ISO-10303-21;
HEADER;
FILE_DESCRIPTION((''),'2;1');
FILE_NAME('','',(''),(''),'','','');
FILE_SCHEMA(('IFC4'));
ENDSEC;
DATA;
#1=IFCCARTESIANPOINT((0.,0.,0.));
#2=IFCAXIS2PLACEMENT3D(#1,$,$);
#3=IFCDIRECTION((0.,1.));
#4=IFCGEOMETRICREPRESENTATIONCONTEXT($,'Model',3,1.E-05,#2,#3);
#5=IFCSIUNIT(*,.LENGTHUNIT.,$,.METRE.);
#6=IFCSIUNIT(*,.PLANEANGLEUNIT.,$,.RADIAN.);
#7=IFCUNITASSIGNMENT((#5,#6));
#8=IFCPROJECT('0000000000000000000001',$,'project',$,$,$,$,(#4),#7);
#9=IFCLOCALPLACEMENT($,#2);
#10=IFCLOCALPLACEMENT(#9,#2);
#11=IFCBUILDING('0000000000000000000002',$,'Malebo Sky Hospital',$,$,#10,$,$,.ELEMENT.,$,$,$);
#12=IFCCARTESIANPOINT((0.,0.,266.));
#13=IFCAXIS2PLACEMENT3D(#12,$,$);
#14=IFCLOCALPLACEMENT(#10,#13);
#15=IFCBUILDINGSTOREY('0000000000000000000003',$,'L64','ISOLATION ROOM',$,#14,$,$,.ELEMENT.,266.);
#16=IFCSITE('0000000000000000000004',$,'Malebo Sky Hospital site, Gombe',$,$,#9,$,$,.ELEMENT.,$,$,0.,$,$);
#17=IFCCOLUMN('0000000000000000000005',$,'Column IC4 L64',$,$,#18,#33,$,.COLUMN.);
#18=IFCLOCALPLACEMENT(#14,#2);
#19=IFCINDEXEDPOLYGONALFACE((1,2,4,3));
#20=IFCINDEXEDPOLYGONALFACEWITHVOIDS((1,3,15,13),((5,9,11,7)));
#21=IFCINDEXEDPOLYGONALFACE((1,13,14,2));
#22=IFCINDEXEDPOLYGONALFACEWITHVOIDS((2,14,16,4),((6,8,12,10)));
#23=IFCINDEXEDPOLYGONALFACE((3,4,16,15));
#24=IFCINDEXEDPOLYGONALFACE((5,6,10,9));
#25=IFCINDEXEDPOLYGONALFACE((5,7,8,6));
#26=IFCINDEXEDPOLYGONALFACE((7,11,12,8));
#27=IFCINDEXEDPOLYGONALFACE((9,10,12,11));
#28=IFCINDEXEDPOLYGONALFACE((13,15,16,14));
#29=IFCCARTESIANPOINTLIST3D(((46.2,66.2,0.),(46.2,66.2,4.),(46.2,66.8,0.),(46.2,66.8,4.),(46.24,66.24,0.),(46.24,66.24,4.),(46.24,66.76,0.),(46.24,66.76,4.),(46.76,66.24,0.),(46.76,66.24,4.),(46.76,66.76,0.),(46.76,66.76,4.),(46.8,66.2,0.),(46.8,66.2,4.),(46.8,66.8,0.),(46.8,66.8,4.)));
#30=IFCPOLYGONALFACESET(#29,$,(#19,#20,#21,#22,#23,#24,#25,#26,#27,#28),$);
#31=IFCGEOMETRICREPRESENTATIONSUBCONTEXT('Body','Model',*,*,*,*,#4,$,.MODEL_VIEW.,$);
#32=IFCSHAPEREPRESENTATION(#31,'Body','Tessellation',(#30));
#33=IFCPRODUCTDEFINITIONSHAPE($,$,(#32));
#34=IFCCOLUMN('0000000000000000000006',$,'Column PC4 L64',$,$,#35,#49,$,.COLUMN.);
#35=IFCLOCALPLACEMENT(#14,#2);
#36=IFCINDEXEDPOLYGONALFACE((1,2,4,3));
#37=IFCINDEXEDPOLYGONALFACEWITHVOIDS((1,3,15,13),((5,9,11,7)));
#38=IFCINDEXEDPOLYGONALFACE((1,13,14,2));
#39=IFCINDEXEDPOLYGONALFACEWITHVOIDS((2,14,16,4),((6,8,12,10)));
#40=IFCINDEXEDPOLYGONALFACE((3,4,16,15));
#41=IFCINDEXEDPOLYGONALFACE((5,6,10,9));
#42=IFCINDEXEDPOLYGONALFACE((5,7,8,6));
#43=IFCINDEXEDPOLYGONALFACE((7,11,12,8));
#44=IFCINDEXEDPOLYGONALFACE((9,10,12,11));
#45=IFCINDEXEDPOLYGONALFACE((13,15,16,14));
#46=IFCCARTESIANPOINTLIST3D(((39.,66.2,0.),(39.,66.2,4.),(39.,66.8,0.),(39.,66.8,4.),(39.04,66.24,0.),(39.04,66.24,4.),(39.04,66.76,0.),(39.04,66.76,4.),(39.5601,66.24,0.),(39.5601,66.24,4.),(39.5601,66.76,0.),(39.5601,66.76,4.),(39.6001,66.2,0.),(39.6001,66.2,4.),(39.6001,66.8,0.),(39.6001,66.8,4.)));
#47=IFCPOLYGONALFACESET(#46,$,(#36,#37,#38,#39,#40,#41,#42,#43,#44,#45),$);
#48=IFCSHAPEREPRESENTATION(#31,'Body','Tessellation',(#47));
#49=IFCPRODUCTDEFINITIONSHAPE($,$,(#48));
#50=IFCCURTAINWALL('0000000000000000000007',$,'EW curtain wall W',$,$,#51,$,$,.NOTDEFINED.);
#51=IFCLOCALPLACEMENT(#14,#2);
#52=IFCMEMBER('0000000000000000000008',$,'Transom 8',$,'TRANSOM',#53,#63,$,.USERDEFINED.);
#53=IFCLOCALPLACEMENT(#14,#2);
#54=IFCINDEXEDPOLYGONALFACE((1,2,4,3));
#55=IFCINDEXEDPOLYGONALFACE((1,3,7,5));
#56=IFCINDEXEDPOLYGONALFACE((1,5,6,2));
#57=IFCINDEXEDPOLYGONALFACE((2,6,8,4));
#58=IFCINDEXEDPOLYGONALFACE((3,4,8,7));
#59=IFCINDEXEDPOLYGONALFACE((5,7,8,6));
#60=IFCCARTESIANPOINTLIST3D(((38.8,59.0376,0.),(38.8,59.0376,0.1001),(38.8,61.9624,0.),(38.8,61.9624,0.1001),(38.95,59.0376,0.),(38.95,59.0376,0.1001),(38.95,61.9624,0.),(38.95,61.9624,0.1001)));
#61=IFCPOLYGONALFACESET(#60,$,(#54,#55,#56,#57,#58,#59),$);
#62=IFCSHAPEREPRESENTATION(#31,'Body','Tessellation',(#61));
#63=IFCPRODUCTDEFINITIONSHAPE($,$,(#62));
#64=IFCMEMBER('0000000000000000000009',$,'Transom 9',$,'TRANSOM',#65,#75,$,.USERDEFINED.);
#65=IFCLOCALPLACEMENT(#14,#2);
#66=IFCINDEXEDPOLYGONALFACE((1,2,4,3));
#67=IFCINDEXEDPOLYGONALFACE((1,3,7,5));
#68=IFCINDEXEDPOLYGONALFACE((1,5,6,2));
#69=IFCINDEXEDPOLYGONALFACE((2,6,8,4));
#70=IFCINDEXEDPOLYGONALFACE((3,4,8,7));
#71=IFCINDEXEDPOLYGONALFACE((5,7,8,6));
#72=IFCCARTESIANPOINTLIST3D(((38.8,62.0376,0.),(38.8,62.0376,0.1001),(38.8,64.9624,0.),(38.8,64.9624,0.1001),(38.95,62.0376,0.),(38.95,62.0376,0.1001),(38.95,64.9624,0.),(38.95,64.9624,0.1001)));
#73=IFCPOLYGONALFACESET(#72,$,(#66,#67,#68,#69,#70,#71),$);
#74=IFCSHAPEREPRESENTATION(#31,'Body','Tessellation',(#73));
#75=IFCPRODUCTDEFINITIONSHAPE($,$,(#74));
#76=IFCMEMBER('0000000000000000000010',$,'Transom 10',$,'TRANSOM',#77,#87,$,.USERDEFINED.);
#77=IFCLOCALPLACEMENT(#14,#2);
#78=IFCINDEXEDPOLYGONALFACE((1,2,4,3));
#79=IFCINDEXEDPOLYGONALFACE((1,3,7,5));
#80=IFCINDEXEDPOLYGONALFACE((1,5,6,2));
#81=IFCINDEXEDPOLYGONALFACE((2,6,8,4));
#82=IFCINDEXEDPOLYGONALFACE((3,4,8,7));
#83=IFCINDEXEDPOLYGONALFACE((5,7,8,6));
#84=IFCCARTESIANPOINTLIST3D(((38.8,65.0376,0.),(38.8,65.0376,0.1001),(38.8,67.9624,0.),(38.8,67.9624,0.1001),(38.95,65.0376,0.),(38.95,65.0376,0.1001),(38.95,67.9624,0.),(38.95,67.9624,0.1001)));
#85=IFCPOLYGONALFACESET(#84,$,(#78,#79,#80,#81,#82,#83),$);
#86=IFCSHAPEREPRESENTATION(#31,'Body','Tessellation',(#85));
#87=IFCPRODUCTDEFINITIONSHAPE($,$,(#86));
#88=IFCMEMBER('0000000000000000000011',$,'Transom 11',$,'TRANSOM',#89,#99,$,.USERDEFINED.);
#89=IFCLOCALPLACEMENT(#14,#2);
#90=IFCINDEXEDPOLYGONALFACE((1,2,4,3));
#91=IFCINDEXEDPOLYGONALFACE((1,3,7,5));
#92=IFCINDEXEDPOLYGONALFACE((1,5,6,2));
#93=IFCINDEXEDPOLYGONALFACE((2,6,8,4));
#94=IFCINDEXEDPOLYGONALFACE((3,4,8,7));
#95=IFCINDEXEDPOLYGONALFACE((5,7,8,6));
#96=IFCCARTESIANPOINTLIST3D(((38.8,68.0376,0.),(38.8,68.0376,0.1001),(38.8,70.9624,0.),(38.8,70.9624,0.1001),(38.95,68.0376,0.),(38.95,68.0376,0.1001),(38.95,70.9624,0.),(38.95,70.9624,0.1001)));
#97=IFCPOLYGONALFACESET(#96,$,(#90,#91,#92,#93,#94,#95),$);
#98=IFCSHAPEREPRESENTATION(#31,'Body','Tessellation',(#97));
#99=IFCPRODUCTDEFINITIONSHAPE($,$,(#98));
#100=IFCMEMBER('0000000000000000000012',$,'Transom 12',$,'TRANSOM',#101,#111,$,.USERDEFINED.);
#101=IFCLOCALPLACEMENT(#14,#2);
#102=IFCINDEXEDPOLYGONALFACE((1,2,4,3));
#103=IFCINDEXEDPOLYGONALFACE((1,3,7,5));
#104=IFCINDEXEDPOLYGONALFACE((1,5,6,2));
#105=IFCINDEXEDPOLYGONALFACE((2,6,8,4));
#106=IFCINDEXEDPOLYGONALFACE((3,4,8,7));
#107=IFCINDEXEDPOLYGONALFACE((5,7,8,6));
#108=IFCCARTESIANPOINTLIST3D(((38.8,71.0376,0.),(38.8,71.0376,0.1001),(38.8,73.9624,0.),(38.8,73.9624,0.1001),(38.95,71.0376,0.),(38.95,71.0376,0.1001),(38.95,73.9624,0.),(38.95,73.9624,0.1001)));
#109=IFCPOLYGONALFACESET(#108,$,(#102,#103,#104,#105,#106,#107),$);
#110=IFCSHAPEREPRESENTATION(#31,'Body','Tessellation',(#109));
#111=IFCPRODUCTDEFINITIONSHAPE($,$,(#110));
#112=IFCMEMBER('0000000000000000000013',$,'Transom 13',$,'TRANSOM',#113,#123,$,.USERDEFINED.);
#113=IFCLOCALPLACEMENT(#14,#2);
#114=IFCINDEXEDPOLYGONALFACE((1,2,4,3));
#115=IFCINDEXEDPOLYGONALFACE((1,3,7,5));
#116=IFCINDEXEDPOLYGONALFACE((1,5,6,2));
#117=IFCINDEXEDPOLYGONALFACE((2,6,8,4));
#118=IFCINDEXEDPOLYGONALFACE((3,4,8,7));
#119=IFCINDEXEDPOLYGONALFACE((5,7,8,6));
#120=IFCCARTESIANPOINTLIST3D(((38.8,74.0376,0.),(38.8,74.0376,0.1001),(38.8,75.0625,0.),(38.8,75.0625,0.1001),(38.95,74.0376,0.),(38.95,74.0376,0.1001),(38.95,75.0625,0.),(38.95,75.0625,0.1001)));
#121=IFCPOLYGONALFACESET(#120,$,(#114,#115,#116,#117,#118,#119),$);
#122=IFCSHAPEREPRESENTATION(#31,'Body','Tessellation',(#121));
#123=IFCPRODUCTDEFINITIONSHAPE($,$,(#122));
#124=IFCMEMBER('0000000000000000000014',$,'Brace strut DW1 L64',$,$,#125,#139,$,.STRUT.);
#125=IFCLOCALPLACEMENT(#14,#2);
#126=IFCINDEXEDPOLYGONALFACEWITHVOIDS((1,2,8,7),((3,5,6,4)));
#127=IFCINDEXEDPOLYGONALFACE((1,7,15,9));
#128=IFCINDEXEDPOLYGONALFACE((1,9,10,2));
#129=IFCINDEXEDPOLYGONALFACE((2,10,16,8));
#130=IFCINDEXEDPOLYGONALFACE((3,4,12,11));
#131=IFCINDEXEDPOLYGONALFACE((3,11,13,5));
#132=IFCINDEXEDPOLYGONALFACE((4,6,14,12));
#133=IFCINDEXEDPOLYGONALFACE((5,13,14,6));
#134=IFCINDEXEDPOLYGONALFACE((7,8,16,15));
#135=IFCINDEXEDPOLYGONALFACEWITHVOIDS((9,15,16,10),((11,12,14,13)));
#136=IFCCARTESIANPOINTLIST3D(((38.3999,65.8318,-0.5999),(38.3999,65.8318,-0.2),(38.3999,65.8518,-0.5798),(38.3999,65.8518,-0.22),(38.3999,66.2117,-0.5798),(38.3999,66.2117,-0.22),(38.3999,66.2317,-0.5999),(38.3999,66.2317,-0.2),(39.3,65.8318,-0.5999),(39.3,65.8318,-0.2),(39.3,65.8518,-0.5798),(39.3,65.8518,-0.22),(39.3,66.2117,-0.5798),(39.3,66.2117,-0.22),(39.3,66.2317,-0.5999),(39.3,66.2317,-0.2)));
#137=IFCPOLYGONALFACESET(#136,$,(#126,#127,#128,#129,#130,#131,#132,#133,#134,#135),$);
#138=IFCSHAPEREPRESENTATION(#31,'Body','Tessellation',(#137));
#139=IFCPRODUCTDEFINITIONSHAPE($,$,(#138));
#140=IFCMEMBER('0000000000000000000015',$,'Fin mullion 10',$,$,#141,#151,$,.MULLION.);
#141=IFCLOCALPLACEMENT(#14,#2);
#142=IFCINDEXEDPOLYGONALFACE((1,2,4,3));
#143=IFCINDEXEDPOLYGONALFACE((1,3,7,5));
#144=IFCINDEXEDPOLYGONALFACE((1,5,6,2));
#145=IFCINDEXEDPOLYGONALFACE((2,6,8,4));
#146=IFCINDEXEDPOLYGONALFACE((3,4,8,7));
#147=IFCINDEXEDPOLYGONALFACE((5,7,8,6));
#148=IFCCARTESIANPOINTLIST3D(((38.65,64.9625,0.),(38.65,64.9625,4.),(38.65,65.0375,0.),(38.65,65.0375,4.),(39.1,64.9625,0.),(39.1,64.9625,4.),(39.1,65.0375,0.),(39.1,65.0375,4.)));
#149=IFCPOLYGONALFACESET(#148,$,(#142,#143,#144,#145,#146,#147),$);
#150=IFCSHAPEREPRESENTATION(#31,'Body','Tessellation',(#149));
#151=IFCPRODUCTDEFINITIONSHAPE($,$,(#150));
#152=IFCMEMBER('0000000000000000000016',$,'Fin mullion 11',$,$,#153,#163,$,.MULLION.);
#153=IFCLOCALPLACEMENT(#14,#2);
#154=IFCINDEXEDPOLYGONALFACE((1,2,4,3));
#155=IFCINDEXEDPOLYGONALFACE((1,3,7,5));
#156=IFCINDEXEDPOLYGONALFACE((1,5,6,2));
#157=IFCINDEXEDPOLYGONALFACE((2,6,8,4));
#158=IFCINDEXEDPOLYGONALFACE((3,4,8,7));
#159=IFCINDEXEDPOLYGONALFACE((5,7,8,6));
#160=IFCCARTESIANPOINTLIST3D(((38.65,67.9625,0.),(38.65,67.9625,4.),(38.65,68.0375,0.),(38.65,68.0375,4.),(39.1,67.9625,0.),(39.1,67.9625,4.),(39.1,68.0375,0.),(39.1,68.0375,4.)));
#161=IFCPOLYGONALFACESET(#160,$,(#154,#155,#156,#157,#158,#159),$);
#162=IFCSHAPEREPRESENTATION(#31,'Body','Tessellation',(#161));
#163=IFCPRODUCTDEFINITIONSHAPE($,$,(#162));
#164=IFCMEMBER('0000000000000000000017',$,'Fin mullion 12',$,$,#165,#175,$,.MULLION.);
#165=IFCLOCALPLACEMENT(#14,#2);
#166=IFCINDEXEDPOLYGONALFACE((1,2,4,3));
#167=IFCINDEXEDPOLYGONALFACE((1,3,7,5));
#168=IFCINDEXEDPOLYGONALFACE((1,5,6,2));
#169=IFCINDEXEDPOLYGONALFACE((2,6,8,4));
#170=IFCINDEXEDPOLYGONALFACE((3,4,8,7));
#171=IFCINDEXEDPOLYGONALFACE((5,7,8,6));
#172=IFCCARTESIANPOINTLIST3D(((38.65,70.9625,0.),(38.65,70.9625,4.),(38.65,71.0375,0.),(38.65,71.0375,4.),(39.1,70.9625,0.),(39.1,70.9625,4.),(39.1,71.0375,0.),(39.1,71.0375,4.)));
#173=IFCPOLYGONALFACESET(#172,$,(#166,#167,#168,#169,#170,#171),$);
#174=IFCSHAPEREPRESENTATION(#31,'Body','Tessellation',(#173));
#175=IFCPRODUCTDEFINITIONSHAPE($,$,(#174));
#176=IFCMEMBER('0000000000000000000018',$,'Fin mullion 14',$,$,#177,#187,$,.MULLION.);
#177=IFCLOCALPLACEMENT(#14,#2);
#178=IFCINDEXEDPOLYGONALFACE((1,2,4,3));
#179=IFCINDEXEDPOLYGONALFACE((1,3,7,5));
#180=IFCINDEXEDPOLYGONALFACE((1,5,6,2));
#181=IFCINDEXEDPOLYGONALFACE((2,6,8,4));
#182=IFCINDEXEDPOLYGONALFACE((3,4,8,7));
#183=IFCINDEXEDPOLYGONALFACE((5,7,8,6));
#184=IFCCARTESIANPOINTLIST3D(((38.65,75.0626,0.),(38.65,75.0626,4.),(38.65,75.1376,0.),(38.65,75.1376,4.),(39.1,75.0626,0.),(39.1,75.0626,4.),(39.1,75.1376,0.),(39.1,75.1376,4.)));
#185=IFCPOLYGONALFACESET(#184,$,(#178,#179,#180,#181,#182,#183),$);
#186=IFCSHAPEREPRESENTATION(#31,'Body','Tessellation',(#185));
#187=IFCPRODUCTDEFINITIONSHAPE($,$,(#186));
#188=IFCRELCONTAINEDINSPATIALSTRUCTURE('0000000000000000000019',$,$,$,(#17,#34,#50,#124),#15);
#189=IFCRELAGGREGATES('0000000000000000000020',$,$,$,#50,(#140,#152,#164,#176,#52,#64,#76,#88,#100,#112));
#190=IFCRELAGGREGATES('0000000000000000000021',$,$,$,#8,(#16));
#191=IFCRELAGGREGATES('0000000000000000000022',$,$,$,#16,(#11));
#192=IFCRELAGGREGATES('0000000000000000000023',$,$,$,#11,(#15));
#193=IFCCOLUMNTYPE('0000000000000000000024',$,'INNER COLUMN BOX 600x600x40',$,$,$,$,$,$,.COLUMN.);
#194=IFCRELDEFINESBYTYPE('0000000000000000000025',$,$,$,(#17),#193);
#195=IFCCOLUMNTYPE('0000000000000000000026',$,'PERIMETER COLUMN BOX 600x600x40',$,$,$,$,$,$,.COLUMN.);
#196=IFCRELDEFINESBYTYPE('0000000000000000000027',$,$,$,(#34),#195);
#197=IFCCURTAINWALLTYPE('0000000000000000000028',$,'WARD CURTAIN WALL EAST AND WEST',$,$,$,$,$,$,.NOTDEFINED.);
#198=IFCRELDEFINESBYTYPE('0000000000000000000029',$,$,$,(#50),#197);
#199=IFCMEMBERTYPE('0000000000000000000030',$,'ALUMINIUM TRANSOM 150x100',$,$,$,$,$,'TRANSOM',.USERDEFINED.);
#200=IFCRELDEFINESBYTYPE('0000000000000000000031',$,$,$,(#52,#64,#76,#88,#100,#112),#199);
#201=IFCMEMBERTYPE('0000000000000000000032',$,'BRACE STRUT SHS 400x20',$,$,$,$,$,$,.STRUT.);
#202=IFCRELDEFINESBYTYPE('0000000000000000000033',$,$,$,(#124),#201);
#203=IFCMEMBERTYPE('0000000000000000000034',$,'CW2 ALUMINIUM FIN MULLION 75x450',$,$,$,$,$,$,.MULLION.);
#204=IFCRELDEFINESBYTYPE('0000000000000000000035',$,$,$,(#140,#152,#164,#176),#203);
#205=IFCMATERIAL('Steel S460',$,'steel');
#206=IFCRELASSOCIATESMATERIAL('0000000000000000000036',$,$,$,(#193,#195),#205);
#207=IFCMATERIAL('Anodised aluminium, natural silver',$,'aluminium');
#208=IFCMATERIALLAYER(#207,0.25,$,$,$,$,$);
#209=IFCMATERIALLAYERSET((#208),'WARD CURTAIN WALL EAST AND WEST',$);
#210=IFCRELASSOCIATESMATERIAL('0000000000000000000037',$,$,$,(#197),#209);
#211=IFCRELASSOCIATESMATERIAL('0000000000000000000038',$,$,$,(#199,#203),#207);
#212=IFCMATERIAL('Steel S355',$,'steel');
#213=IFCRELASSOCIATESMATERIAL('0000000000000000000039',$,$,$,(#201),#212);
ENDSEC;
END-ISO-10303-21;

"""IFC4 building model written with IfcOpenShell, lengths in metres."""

from ifc_helpers import new_model, si_unit, direction, frame, origin, origin_2d, place, context, subcontext, project, spatial, rectangle, hollow_rectangle, extrude, material, layer, layer_set, material_profile, profile_set, type_object, element, aggregate, save


model = new_model("IFC4")

# Units and contexts
model_context = context("Model", 3, precision=1e-05, world=origin(), true_north=direction((0.0, 1.0)))
body_context = subcontext(model_context, "Body", "Model", "MODEL_VIEW")
ifc_project = project(units=[si_unit("LENGTHUNIT", "METRE"), si_unit("PLANEANGLEUNIT", "RADIAN")], contexts=[model_context])

# Site, building, storey
site_placement = place(None, origin())
site = spatial("IfcSite", under=ifc_project, at=site_placement, Name="Malebo Sky Hospital site, Gombe", CompositionType="ELEMENT", RefElevation=0.0)
building_placement = place(site_placement, origin())
building = spatial("IfcBuilding", under=site, at=building_placement, Name="Malebo Sky Hospital", CompositionType="ELEMENT")
storey_placement = place(building_placement, frame((0.0, 0.0, 266.0)))
storey = spatial("IfcBuildingStorey", under=building, at=storey_placement, Name="L64", Description="ISOLATION ROOM", CompositionType="ELEMENT", Elevation=266.0)

# Columns
ifc_material_1 = material(Name="Steel S460", Category="steel")
ifc_material_profile_1 = material_profile(ifc_material_1, hollow_rectangle(XDim=0.6001, YDim=0.6001, WallThickness=0.04, at=origin_2d()), Name="BOX 600x600x40")
ifc_profile_set_1 = profile_set([ifc_material_profile_1], Name="Steel S460")
column_type_1 = type_object("IfcColumnType", Name="INNER COLUMN BOX 600x600x40", PredefinedType="COLUMN", material=ifc_profile_set_1)
column_1_placement = place(storey_placement, frame((46.5, 66.5, 0.0), z_axis=(0.0, 0.0, 1.0), x_axis=(1.0, 0.0, 0.0)))
element("IfcColumn", 1, at=column_1_placement, inside=storey, type_object=column_type_1, Name="Column IC4 L64", PredefinedType="COLUMN", context=body_context, shape_type="SweptSolid", body=[
    extrude(hollow_rectangle(XDim=0.6001, YDim=0.6001, WallThickness=0.04, at=origin_2d()), origin(), (0.0, 0.0, 1.0), 4.0),
])
ifc_material_profile_2 = material_profile(ifc_material_1, hollow_rectangle(XDim=0.6001, YDim=0.6001, WallThickness=0.04, at=origin_2d()), Name="BOX 600x600x40")
ifc_profile_set_2 = profile_set([ifc_material_profile_2], Name="Steel S460")
column_type_2 = type_object("IfcColumnType", Name="PERIMETER COLUMN BOX 600x600x40", PredefinedType="COLUMN", material=ifc_profile_set_2)
column_2_placement = place(storey_placement, frame((39.3, 66.5, 0.0), z_axis=(0.0, 0.0, 1.0), x_axis=(1.0, 0.0, 0.0)))
element("IfcColumn", 2, at=column_2_placement, inside=storey, type_object=column_type_2, Name="Column PC4 L64", PredefinedType="COLUMN", context=body_context, shape_type="SweptSolid", body=[
    extrude(hollow_rectangle(XDim=0.6001, YDim=0.6001, WallThickness=0.04, at=origin_2d()), origin(), (0.0, 0.0, 1.0), 4.0),
])

# Curtain wall, members
ifc_material_2 = material(Name="Anodised aluminium, natural silver", Category="aluminium")
ifc_layer_1 = layer(ifc_material_2, 0.25)
ifc_layer_set_1 = layer_set([ifc_layer_1], Name="WARD CURTAIN WALL EAST AND WEST")
curtain_wall_type = type_object("IfcCurtainWallType", Name="WARD CURTAIN WALL EAST AND WEST", PredefinedType="NOTDEFINED", material=ifc_layer_set_1)
curtain_wall_placement = place(storey_placement, origin())
curtain_wall = element("IfcCurtainWall", 3, at=curtain_wall_placement, inside=storey, type_object=curtain_wall_type, Name="EW curtain wall W", PredefinedType="NOTDEFINED")
ifc_material_profile_3 = material_profile(ifc_material_2, rectangle(XDim=0.1499, YDim=0.1001, at=origin_2d()), Name="ALUMINIUM TRANSOM 150x100")
ifc_profile_set_3 = profile_set([ifc_material_profile_3], Name="Anodised aluminium, natural silver")
member_type_1 = type_object("IfcMemberType", Name="ALUMINIUM TRANSOM 150x100", ElementType="TRANSOM", PredefinedType="USERDEFINED", material=ifc_profile_set_3)
member_1_placement = place(storey_placement, frame((38.875, 59.0376, 0.05), z_axis=(0.0, 1.0, 0.0), x_axis=(-1.0, 0.0, 0.0)))
member_1 = element("IfcMember", 4, at=member_1_placement, type_object=member_type_1, Name="Transom 8", ObjectType="TRANSOM", PredefinedType="USERDEFINED", context=body_context, shape_type="SweptSolid", body=[
    extrude(rectangle(XDim=0.1499, YDim=0.1001, at=origin_2d()), origin(), (0.0, 0.0, 1.0), 2.9248),
])
member_2_placement = place(storey_placement, frame((38.875, 62.0376, 0.05), z_axis=(0.0, 1.0, 0.0), x_axis=(-1.0, 0.0, 0.0)))
member_2 = element("IfcMember", 5, at=member_2_placement, type_object=member_type_1, Name="Transom 9", ObjectType="TRANSOM", PredefinedType="USERDEFINED", context=body_context, shape_type="SweptSolid", body=[
    extrude(rectangle(XDim=0.1499, YDim=0.1001, at=origin_2d()), origin(), (0.0, 0.0, 1.0), 2.9248),
])
member_3_placement = place(storey_placement, frame((38.875, 65.0376, 0.05), z_axis=(0.0, 1.0, 0.0), x_axis=(-1.0, 0.0, 0.0)))
member_3 = element("IfcMember", 6, at=member_3_placement, type_object=member_type_1, Name="Transom 10", ObjectType="TRANSOM", PredefinedType="USERDEFINED", context=body_context, shape_type="SweptSolid", body=[
    extrude(rectangle(XDim=0.1499, YDim=0.1001, at=origin_2d()), origin(), (0.0, 0.0, 1.0), 2.9248),
])
member_4_placement = place(storey_placement, frame((38.875, 68.0376, 0.05), z_axis=(0.0, 1.0, 0.0), x_axis=(-1.0, 0.0, 0.0)))
member_4 = element("IfcMember", 7, at=member_4_placement, type_object=member_type_1, Name="Transom 11", ObjectType="TRANSOM", PredefinedType="USERDEFINED", context=body_context, shape_type="SweptSolid", body=[
    extrude(rectangle(XDim=0.1499, YDim=0.1001, at=origin_2d()), origin(), (0.0, 0.0, 1.0), 2.9248),
])
member_5_placement = place(storey_placement, frame((38.875, 71.0376, 0.05), z_axis=(0.0, 1.0, 0.0), x_axis=(-1.0, 0.0, 0.0)))
member_5 = element("IfcMember", 8, at=member_5_placement, type_object=member_type_1, Name="Transom 12", ObjectType="TRANSOM", PredefinedType="USERDEFINED", context=body_context, shape_type="SweptSolid", body=[
    extrude(rectangle(XDim=0.1499, YDim=0.1001, at=origin_2d()), origin(), (0.0, 0.0, 1.0), 2.9248),
])
member_6_placement = place(storey_placement, frame((38.875, 74.0376, 0.05), z_axis=(0.0, 1.0, 0.0), x_axis=(-1.0, 0.0, 0.0)))
member_6 = element("IfcMember", 9, at=member_6_placement, type_object=member_type_1, Name="Transom 13", ObjectType="TRANSOM", PredefinedType="USERDEFINED", context=body_context, shape_type="SweptSolid", body=[
    extrude(rectangle(XDim=0.1499, YDim=0.1001, at=origin_2d()), origin(), (0.0, 0.0, 1.0), 1.0249),
])

# Members
ifc_material_3 = material(Name="Steel S355", Category="steel")
ifc_material_profile_4 = material_profile(ifc_material_3, hollow_rectangle(XDim=0.3999, YDim=0.3999, WallThickness=0.02, at=origin_2d()), Name="SHS 400x20")
ifc_profile_set_4 = profile_set([ifc_material_profile_4], Name="Steel S355")
member_type_2 = type_object("IfcMemberType", Name="BRACE STRUT SHS 400x20", PredefinedType="STRUT", material=ifc_profile_set_4)
member_7_placement = place(storey_placement, frame((38.3999, 66.0317, -0.3999), z_axis=(1.0, 0.0, 0.0), x_axis=(0.0, 1.0, 0.0)))
element("IfcMember", 10, at=member_7_placement, inside=storey, type_object=member_type_2, Name="Brace strut DW1 L64", PredefinedType="STRUT", context=body_context, shape_type="SweptSolid", body=[
    extrude(hollow_rectangle(XDim=0.3999, YDim=0.3999, WallThickness=0.02, at=origin_2d()), origin(), (0.0, 0.0, 1.0), 0.9001),
])
ifc_material_profile_5 = material_profile(ifc_material_2, rectangle(XDim=0.075, YDim=0.45, at=origin_2d()), Name="CW2 ALUMINIUM FIN MULLION 75x450")
ifc_profile_set_5 = profile_set([ifc_material_profile_5], Name="Anodised aluminium, natural silver")
member_type_3 = type_object("IfcMemberType", Name="CW2 ALUMINIUM FIN MULLION 75x450", PredefinedType="MULLION", material=ifc_profile_set_5)
member_8_placement = place(storey_placement, frame((38.875, 65.0, 0.0), z_axis=(0.0, 0.0, 1.0), x_axis=(0.0, 1.0, 0.0)))
member_8 = element("IfcMember", 11, at=member_8_placement, type_object=member_type_3, Name="Fin mullion 10", PredefinedType="MULLION", context=body_context, shape_type="SweptSolid", body=[
    extrude(rectangle(XDim=0.075, YDim=0.45, at=origin_2d()), origin(), (0.0, 0.0, 1.0), 4.0),
])
member_9_placement = place(storey_placement, frame((38.875, 68.0, 0.0), z_axis=(0.0, 0.0, 1.0), x_axis=(0.0, 1.0, 0.0)))
member_9 = element("IfcMember", 12, at=member_9_placement, type_object=member_type_3, Name="Fin mullion 11", PredefinedType="MULLION", context=body_context, shape_type="SweptSolid", body=[
    extrude(rectangle(XDim=0.075, YDim=0.45, at=origin_2d()), origin(), (0.0, 0.0, 1.0), 4.0),
])
member_10_placement = place(storey_placement, frame((38.875, 71.0, 0.0), z_axis=(0.0, 0.0, 1.0), x_axis=(0.0, 1.0, 0.0)))
member_10 = element("IfcMember", 13, at=member_10_placement, type_object=member_type_3, Name="Fin mullion 12", PredefinedType="MULLION", context=body_context, shape_type="SweptSolid", body=[
    extrude(rectangle(XDim=0.075, YDim=0.45, at=origin_2d()), origin(), (0.0, 0.0, 1.0), 4.0),
])
member_11_placement = place(storey_placement, frame((38.875, 75.1001, 0.0), z_axis=(0.0, 0.0, 1.0), x_axis=(0.0, 1.0, 0.0)))
member_11 = element("IfcMember", 14, at=member_11_placement, type_object=member_type_3, Name="Fin mullion 14", PredefinedType="MULLION", context=body_context, shape_type="SweptSolid", body=[
    extrude(rectangle(XDim=0.075, YDim=0.45, at=origin_2d()), origin(), (0.0, 0.0, 1.0), 4.0),
])

aggregate(curtain_wall, [member_8, member_9, member_10, member_11, member_1, member_2, member_3, member_4, member_5, member_6])

save(model, "model.ifc")
